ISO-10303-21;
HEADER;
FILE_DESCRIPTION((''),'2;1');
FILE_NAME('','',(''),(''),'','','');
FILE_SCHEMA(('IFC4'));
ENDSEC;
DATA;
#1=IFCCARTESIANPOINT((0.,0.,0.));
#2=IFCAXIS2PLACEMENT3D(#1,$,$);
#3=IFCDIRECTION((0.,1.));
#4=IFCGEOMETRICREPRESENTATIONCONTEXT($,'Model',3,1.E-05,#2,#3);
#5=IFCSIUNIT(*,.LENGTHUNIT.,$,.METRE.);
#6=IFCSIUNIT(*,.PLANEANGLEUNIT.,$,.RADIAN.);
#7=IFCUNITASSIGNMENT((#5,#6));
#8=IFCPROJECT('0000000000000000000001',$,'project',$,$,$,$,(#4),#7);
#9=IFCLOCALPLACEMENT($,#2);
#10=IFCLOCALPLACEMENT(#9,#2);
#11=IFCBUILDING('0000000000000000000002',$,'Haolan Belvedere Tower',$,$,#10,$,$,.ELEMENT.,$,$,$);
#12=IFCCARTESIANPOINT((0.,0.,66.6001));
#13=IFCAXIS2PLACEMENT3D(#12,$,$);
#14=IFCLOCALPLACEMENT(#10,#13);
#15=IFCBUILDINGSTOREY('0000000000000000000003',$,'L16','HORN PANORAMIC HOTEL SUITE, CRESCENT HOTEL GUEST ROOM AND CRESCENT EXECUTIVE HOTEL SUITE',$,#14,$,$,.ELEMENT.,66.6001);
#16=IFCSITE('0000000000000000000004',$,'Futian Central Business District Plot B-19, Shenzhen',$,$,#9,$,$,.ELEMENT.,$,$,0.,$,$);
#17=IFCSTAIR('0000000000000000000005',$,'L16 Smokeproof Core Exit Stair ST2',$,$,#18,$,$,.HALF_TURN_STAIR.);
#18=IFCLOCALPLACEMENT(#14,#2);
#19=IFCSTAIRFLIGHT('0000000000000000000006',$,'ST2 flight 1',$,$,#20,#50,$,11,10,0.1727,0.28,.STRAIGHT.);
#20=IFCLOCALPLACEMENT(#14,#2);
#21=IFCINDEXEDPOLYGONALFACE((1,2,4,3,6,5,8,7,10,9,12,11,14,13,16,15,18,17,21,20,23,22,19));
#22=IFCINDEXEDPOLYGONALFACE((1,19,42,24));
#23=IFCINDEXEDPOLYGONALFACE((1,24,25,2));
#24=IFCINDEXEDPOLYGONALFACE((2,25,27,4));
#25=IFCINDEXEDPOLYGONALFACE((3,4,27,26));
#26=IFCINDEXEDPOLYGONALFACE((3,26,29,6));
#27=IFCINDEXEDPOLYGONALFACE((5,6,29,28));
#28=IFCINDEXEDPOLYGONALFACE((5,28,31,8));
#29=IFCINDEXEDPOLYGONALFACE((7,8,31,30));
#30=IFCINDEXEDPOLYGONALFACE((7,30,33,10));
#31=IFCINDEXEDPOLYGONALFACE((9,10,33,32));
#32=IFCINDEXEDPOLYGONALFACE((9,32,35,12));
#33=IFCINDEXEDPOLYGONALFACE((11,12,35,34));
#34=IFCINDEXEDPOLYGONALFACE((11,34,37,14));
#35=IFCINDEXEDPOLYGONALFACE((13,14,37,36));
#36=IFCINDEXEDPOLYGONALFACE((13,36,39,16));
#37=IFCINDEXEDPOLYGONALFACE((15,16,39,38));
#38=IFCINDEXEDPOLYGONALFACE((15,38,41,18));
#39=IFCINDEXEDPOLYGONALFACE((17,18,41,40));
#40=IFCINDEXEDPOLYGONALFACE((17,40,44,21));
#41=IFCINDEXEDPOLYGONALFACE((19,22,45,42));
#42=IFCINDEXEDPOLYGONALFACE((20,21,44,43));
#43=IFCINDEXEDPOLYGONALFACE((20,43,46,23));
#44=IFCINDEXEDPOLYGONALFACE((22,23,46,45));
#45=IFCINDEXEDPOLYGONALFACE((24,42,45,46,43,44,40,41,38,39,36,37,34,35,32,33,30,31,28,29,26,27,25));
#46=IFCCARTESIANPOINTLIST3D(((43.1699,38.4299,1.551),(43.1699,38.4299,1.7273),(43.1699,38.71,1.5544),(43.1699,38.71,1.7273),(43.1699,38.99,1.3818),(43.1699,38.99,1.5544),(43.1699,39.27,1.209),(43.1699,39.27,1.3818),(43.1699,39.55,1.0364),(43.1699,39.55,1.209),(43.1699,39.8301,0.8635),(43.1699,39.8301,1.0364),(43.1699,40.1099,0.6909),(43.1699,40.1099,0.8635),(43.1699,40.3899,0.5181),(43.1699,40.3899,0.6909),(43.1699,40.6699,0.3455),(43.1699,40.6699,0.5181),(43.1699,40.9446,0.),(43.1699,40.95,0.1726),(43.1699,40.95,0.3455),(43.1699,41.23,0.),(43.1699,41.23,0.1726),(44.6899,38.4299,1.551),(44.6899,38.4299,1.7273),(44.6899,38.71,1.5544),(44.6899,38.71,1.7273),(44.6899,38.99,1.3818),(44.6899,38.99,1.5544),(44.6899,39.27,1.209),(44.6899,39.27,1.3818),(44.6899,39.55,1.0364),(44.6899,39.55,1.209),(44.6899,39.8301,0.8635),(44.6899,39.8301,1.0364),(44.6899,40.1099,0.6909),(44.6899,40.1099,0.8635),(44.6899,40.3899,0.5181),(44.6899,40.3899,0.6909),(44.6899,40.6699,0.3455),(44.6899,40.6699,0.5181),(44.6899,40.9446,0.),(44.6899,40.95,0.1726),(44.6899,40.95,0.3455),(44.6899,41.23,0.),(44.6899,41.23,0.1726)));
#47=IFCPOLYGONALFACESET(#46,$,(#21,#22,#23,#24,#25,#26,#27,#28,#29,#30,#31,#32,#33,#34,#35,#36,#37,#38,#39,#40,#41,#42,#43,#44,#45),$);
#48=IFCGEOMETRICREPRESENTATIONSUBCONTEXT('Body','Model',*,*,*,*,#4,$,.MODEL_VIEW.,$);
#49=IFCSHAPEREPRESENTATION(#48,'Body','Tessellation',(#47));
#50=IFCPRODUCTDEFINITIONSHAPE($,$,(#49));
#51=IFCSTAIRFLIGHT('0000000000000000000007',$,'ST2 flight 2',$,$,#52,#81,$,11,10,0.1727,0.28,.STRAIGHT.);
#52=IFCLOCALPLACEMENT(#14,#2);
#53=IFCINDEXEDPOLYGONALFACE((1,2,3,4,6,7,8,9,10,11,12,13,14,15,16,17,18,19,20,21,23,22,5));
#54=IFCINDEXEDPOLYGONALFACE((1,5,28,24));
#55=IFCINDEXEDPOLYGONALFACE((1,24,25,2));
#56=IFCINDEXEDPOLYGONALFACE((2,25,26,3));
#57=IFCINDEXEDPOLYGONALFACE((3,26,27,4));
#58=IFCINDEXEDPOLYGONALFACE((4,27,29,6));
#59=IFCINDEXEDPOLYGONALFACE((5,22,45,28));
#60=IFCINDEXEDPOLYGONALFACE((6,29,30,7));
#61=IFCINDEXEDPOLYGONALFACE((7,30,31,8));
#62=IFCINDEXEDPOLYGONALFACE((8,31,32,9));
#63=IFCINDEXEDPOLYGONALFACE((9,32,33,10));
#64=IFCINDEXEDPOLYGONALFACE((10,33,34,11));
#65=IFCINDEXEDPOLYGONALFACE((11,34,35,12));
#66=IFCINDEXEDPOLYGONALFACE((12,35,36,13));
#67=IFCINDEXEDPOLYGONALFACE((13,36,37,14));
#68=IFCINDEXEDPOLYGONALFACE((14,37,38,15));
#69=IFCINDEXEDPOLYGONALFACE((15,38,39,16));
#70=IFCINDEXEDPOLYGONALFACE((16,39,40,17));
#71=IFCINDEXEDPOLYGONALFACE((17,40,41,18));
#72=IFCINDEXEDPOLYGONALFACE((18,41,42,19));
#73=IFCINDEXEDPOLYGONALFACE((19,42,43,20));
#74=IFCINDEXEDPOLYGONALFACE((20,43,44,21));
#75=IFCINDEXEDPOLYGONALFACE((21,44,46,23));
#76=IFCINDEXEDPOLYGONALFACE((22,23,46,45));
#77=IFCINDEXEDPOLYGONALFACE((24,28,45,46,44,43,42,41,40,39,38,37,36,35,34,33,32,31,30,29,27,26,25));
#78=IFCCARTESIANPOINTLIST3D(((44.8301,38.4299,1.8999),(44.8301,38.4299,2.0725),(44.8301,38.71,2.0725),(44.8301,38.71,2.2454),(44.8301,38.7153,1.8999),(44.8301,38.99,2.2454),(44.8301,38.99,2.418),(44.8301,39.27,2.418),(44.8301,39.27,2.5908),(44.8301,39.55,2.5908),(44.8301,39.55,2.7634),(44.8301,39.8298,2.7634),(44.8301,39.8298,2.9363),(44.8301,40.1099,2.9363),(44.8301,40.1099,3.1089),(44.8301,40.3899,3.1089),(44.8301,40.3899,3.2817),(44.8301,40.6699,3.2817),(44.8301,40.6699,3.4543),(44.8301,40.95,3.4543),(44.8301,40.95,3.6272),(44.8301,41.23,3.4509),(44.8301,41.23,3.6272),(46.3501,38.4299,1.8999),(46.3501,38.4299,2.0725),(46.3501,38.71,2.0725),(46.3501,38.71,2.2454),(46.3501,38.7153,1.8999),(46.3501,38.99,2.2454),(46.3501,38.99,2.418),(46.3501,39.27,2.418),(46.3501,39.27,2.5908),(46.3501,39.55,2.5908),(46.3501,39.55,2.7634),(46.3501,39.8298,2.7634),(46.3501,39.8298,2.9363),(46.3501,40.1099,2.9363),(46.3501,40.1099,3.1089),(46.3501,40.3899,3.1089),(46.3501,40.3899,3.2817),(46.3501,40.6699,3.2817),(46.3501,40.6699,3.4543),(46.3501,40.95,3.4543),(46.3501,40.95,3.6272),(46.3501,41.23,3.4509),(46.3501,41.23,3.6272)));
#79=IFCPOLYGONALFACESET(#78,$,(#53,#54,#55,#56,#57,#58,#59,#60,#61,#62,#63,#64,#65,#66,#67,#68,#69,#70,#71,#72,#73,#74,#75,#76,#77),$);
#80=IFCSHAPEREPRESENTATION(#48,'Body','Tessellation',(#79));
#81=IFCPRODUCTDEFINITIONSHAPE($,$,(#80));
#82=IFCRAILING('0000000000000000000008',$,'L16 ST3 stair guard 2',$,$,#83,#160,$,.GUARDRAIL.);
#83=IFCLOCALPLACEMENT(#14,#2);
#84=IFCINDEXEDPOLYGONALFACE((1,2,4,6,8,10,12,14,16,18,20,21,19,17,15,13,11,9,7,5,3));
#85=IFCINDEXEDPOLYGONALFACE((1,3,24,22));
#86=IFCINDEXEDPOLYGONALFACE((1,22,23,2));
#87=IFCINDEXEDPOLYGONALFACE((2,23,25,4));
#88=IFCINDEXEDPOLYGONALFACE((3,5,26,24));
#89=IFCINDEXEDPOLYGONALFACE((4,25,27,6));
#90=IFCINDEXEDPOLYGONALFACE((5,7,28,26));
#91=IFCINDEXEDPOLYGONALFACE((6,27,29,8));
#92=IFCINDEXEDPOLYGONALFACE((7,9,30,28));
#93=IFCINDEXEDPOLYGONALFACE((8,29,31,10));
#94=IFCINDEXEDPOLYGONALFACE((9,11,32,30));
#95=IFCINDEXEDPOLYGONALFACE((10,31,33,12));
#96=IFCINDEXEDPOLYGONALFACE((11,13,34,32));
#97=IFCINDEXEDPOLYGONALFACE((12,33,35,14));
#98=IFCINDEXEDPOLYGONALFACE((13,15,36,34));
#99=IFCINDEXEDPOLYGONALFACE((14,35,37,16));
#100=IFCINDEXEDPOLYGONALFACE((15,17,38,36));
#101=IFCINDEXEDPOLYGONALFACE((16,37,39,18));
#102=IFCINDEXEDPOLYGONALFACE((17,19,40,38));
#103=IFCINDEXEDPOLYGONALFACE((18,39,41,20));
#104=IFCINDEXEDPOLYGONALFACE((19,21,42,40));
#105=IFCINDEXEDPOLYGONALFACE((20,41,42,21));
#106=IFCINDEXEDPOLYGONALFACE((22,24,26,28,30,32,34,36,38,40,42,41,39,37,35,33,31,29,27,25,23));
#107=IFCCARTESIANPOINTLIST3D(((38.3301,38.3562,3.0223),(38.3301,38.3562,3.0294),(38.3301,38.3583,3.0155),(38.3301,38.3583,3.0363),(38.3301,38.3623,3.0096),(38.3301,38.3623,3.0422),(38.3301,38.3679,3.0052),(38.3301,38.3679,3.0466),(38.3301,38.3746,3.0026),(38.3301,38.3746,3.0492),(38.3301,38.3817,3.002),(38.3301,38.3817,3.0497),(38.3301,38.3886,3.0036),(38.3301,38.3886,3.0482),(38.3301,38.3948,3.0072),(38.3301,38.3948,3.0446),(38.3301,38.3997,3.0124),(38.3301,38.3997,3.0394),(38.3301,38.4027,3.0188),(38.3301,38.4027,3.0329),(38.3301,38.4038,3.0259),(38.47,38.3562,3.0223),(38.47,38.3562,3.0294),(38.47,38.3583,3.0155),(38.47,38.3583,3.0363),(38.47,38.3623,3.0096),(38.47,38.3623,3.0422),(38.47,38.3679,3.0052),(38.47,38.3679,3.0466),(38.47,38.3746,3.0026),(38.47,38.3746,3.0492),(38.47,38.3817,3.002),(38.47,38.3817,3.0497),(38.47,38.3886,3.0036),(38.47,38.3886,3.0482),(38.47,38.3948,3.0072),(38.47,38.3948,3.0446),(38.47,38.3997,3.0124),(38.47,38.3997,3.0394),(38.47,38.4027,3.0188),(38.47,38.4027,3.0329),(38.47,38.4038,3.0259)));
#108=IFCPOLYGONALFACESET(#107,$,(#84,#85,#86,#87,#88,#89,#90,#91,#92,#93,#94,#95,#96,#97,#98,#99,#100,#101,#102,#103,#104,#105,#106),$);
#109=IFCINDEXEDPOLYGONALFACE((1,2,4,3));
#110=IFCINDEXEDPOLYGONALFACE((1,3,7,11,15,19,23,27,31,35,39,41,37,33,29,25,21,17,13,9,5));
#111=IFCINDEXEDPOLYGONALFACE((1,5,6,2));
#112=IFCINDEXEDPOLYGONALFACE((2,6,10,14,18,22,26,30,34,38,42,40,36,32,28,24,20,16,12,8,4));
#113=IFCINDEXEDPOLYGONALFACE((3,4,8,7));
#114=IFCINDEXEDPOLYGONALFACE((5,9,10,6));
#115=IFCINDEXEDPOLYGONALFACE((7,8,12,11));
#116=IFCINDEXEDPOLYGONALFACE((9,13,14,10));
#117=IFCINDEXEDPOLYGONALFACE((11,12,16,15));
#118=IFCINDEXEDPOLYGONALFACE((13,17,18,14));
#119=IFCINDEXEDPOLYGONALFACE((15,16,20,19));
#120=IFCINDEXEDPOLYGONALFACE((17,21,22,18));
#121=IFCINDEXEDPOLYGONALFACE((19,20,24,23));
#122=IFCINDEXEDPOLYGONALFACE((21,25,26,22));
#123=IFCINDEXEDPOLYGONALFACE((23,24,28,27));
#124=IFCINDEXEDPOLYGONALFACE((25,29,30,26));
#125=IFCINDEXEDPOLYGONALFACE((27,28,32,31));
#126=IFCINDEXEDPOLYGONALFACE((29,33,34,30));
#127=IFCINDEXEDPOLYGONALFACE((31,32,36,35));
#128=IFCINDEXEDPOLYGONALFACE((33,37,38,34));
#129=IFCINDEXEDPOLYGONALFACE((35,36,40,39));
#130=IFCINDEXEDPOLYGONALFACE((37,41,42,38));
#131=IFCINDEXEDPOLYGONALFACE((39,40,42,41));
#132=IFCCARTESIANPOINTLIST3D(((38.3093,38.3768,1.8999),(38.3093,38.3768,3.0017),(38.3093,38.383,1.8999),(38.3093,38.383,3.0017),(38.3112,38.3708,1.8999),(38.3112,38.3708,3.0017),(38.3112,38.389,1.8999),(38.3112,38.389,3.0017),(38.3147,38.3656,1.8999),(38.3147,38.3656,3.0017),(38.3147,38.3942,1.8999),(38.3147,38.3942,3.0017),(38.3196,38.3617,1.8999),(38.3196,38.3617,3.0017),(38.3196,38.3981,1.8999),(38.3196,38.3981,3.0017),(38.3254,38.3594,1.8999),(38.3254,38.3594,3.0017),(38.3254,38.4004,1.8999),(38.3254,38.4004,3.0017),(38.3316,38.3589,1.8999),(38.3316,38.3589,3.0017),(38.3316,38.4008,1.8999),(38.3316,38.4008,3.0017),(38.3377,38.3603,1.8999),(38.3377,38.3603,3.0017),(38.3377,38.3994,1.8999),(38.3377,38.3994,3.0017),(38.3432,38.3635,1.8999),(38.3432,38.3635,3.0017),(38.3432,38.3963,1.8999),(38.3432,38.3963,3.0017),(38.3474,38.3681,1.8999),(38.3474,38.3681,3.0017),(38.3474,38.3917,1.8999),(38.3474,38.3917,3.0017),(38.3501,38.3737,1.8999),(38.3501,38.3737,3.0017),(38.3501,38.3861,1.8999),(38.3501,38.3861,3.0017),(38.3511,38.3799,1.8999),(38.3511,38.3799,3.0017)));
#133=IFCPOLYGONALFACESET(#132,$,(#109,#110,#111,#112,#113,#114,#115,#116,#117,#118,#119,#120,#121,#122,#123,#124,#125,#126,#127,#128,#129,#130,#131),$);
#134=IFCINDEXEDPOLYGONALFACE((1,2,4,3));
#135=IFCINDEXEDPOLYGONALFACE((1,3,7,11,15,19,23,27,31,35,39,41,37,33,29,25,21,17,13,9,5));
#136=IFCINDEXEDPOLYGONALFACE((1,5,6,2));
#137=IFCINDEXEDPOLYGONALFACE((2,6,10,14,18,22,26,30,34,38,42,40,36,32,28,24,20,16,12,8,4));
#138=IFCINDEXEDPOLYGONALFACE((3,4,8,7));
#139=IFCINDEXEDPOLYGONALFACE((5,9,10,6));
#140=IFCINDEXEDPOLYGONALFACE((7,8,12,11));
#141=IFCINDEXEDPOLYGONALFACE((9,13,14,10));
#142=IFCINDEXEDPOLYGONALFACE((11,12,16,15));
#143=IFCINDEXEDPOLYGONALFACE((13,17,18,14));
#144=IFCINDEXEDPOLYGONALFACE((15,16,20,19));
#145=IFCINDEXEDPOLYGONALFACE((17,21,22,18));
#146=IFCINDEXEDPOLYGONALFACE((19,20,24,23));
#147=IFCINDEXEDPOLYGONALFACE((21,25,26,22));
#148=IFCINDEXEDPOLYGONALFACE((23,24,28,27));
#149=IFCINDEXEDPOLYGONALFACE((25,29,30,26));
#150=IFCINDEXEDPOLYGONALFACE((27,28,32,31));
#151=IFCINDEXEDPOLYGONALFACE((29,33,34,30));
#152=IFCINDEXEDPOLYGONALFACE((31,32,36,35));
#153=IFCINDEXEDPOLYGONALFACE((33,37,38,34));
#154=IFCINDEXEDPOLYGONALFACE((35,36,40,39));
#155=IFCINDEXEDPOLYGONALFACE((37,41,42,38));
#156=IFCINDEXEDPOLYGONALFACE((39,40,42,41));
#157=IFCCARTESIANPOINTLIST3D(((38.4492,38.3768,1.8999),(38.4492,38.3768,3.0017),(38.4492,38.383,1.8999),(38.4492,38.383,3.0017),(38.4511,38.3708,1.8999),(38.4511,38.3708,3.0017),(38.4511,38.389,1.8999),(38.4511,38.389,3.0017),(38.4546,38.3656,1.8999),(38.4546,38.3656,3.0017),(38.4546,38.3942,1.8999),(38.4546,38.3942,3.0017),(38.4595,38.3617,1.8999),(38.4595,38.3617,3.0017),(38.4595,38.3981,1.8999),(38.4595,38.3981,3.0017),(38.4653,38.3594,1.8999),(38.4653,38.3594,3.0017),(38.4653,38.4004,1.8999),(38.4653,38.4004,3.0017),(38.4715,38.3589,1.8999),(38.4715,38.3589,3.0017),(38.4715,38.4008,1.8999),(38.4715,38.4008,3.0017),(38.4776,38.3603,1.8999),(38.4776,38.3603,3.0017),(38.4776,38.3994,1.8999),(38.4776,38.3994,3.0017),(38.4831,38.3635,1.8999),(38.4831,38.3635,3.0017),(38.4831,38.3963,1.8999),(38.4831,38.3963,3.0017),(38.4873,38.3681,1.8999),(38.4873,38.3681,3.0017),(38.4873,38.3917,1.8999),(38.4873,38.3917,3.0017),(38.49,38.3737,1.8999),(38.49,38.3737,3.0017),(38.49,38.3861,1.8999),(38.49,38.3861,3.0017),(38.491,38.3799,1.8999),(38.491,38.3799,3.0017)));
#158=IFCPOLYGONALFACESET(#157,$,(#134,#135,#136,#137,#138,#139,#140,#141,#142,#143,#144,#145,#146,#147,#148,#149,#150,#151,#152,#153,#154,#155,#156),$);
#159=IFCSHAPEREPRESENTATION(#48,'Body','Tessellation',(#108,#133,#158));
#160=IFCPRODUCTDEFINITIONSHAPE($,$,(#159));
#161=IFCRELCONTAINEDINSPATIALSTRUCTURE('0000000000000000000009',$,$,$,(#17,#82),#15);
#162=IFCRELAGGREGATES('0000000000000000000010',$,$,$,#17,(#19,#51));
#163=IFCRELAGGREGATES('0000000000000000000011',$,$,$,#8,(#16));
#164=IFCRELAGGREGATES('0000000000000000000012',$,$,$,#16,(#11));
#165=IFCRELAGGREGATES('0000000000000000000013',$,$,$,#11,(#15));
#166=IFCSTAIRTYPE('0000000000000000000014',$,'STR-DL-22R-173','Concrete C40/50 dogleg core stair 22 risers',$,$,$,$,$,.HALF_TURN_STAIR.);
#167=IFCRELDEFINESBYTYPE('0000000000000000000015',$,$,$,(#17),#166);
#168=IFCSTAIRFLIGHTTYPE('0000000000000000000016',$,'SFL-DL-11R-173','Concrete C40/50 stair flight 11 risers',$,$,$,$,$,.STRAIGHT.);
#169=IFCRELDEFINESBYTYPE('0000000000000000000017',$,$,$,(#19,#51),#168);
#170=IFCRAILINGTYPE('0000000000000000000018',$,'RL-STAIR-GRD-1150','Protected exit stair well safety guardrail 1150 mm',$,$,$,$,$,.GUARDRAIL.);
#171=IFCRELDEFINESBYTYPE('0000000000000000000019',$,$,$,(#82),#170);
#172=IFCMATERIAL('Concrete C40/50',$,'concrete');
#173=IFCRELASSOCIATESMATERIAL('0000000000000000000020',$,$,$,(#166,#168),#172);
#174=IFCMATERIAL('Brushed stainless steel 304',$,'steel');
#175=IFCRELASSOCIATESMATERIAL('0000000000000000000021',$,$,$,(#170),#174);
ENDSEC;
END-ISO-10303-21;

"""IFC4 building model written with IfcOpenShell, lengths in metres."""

from ifc_helpers import new_model, si_unit, direction, frame, origin, origin_2d, place, context, subcontext, project, spatial, polyline, circle, outline, extrude, material, type_object, element, aggregate, save


model = new_model("IFC4")

# Units and contexts
model_context = context("Model", 3, precision=1e-05, world=origin(), true_north=direction((0.0, 1.0)))
body_context = subcontext(model_context, "Body", "Model", "MODEL_VIEW")
ifc_project = project(units=[si_unit("LENGTHUNIT", "METRE"), si_unit("PLANEANGLEUNIT", "RADIAN")], contexts=[model_context])

# Site, building, storey
site_placement = place(None, origin())
site = spatial("IfcSite", under=ifc_project, at=site_placement, Name="Futian Central Business District Plot B-19, Shenzhen", CompositionType="ELEMENT", RefElevation=0.0)
building_placement = place(site_placement, origin())
building = spatial("IfcBuilding", under=site, at=building_placement, Name="Haolan Belvedere Tower", CompositionType="ELEMENT")
storey_placement = place(building_placement, frame((0.0, 0.0, 66.6001)))
storey = spatial("IfcBuildingStorey", under=building, at=storey_placement, Name="L16", Description="HORN PANORAMIC HOTEL SUITE, CRESCENT HOTEL GUEST ROOM AND CRESCENT EXECUTIVE HOTEL SUITE", CompositionType="ELEMENT", Elevation=66.6001)

# Shared definitions
ifc_material_1 = material(Name="Concrete C40/50", Category="concrete")
stair_type = type_object("IfcStairType", Name="STR-DL-22R-173", Description="Concrete C40/50 dogleg core stair 22 risers", PredefinedType="HALF_TURN_STAIR", material=ifc_material_1)
stair_flight_type = type_object("IfcStairFlightType", Name="SFL-DL-11R-173", Description="Concrete C40/50 stair flight 11 risers", PredefinedType="STRAIGHT", material=ifc_material_1)

# Stair, stair flights
stair_1_placement = place(storey_placement, origin())
stair_1 = element("IfcStair", 1, at=stair_1_placement, inside=storey, type_object=stair_type, Name="L16 Smokeproof Core Exit Stair ST2", PredefinedType="HALF_TURN_STAIR")
stair_flight_1_placement = place(storey_placement, frame((43.9299, 41.23, 0.0), z_axis=(0.0, 0.0, 1.0), x_axis=(0.0, -1.0, 0.0)))
stair_flight_1 = element("IfcStairFlight", 2, at=stair_flight_1_placement, type_object=stair_flight_type, Name="ST2 flight 1", NumberOfRisers=11, NumberOfTreads=10, PredefinedType="STRAIGHT", RiserHeight=0.1727, TreadLength=0.28, context=body_context, shape_type="SweptSolid", body=[
    extrude(outline(polyline([(0.0, 0.0), (0.0, 0.1726), (0.28, 0.1726), (0.28, 0.3455), (0.5601, 0.3455), (0.5601, 0.5181), (0.8401, 0.5181), (0.8401, 0.6909), (1.1201, 0.6909), (1.1201, 0.8635), (1.3999, 0.8635), (1.3999, 1.0364), (1.6799, 1.0364), (1.6799, 1.209), (1.96, 1.209), (1.96, 1.3818), (2.24, 1.3818), (2.24, 1.5544), (2.52, 1.5544), (2.52, 1.7273), (2.8, 1.7273), (2.8, 1.8999), (2.8, 1.551), (0.2854, 0.0), (0.0, 0.0)])), frame((0.0, 0.76, 0.0), z_axis=(0.0, -1.0, 0.0), x_axis=(1.0, 0.0, 0.0)), (0.0, 0.0, 1.0), 1.52),
])
stair_flight_2_placement = place(storey_placement, frame((45.5901, 38.4299, 1.8999), z_axis=(0.0, 0.0, 1.0), x_axis=(0.0, 1.0, 0.0)))
stair_flight_2 = element("IfcStairFlight", 3, at=stair_flight_2_placement, type_object=stair_flight_type, Name="ST2 flight 2", NumberOfRisers=11, NumberOfTreads=10, PredefinedType="STRAIGHT", RiserHeight=0.1727, TreadLength=0.28, context=body_context, shape_type="SweptSolid", body=[
    extrude(outline(polyline([(0.0, 0.0), (0.0, 0.1726), (0.28, 0.1726), (0.28, 0.3455), (0.5601, 0.3455), (0.5601, 0.5181), (0.8401, 0.5181), (0.8401, 0.6909), (1.1201, 0.6909), (1.1201, 0.8635), (1.3999, 0.8635), (1.3999, 1.0364), (1.6799, 1.0364), (1.6799, 1.209), (1.96, 1.209), (1.96, 1.3818), (2.24, 1.3818), (2.24, 1.5544), (2.52, 1.5544), (2.52, 1.7273), (2.8, 1.7273), (2.8, 1.8999), (2.8, 1.551), (0.2854, 0.0), (0.0, 0.0)])), frame((0.0, 0.76, 0.0), z_axis=(0.0, -1.0, 0.0), x_axis=(1.0, 0.0, 0.0)), (0.0, 0.0, 1.0), 1.52),
])
aggregate(stair_1, [stair_flight_1, stair_flight_2])

# Railing
ifc_material_2 = material(Name="Brushed stainless steel 304", Category="steel")
railing_type_1 = type_object("IfcRailingType", Name="RL-STAIR-GRD-1150", Description="Protected exit stair well safety guardrail 1150 mm", PredefinedType="GUARDRAIL", material=ifc_material_2)
railing_1_placement = place(storey_placement, frame((38.3301, 38.3799, 1.8999)))
element("IfcRailing", 4, at=railing_1_placement, inside=storey, type_object=railing_type_1, Name="L16 ST3 stair guard 2", PredefinedType="GUARDRAIL", context=body_context, shape_type="SweptSolid", body=[
    extrude(circle(Radius=0.0239, at=origin_2d()), frame((0.0, 0.0, 1.126), z_axis=(1.0, 0.0, 0.0), x_axis=(0.0, 1.0, 0.0)), (0.0, 0.0, 1.0), 0.1399),
    extrude(circle(Radius=0.021, at=origin_2d()), origin(), (0.0, 0.0, 1.0), 1.1018),
    extrude(circle(Radius=0.021, at=origin_2d()), frame((0.1399, 0.0, 0.0)), (0.0, 0.0, 1.0), 1.1018),
])

save(model, "model.ifc")
